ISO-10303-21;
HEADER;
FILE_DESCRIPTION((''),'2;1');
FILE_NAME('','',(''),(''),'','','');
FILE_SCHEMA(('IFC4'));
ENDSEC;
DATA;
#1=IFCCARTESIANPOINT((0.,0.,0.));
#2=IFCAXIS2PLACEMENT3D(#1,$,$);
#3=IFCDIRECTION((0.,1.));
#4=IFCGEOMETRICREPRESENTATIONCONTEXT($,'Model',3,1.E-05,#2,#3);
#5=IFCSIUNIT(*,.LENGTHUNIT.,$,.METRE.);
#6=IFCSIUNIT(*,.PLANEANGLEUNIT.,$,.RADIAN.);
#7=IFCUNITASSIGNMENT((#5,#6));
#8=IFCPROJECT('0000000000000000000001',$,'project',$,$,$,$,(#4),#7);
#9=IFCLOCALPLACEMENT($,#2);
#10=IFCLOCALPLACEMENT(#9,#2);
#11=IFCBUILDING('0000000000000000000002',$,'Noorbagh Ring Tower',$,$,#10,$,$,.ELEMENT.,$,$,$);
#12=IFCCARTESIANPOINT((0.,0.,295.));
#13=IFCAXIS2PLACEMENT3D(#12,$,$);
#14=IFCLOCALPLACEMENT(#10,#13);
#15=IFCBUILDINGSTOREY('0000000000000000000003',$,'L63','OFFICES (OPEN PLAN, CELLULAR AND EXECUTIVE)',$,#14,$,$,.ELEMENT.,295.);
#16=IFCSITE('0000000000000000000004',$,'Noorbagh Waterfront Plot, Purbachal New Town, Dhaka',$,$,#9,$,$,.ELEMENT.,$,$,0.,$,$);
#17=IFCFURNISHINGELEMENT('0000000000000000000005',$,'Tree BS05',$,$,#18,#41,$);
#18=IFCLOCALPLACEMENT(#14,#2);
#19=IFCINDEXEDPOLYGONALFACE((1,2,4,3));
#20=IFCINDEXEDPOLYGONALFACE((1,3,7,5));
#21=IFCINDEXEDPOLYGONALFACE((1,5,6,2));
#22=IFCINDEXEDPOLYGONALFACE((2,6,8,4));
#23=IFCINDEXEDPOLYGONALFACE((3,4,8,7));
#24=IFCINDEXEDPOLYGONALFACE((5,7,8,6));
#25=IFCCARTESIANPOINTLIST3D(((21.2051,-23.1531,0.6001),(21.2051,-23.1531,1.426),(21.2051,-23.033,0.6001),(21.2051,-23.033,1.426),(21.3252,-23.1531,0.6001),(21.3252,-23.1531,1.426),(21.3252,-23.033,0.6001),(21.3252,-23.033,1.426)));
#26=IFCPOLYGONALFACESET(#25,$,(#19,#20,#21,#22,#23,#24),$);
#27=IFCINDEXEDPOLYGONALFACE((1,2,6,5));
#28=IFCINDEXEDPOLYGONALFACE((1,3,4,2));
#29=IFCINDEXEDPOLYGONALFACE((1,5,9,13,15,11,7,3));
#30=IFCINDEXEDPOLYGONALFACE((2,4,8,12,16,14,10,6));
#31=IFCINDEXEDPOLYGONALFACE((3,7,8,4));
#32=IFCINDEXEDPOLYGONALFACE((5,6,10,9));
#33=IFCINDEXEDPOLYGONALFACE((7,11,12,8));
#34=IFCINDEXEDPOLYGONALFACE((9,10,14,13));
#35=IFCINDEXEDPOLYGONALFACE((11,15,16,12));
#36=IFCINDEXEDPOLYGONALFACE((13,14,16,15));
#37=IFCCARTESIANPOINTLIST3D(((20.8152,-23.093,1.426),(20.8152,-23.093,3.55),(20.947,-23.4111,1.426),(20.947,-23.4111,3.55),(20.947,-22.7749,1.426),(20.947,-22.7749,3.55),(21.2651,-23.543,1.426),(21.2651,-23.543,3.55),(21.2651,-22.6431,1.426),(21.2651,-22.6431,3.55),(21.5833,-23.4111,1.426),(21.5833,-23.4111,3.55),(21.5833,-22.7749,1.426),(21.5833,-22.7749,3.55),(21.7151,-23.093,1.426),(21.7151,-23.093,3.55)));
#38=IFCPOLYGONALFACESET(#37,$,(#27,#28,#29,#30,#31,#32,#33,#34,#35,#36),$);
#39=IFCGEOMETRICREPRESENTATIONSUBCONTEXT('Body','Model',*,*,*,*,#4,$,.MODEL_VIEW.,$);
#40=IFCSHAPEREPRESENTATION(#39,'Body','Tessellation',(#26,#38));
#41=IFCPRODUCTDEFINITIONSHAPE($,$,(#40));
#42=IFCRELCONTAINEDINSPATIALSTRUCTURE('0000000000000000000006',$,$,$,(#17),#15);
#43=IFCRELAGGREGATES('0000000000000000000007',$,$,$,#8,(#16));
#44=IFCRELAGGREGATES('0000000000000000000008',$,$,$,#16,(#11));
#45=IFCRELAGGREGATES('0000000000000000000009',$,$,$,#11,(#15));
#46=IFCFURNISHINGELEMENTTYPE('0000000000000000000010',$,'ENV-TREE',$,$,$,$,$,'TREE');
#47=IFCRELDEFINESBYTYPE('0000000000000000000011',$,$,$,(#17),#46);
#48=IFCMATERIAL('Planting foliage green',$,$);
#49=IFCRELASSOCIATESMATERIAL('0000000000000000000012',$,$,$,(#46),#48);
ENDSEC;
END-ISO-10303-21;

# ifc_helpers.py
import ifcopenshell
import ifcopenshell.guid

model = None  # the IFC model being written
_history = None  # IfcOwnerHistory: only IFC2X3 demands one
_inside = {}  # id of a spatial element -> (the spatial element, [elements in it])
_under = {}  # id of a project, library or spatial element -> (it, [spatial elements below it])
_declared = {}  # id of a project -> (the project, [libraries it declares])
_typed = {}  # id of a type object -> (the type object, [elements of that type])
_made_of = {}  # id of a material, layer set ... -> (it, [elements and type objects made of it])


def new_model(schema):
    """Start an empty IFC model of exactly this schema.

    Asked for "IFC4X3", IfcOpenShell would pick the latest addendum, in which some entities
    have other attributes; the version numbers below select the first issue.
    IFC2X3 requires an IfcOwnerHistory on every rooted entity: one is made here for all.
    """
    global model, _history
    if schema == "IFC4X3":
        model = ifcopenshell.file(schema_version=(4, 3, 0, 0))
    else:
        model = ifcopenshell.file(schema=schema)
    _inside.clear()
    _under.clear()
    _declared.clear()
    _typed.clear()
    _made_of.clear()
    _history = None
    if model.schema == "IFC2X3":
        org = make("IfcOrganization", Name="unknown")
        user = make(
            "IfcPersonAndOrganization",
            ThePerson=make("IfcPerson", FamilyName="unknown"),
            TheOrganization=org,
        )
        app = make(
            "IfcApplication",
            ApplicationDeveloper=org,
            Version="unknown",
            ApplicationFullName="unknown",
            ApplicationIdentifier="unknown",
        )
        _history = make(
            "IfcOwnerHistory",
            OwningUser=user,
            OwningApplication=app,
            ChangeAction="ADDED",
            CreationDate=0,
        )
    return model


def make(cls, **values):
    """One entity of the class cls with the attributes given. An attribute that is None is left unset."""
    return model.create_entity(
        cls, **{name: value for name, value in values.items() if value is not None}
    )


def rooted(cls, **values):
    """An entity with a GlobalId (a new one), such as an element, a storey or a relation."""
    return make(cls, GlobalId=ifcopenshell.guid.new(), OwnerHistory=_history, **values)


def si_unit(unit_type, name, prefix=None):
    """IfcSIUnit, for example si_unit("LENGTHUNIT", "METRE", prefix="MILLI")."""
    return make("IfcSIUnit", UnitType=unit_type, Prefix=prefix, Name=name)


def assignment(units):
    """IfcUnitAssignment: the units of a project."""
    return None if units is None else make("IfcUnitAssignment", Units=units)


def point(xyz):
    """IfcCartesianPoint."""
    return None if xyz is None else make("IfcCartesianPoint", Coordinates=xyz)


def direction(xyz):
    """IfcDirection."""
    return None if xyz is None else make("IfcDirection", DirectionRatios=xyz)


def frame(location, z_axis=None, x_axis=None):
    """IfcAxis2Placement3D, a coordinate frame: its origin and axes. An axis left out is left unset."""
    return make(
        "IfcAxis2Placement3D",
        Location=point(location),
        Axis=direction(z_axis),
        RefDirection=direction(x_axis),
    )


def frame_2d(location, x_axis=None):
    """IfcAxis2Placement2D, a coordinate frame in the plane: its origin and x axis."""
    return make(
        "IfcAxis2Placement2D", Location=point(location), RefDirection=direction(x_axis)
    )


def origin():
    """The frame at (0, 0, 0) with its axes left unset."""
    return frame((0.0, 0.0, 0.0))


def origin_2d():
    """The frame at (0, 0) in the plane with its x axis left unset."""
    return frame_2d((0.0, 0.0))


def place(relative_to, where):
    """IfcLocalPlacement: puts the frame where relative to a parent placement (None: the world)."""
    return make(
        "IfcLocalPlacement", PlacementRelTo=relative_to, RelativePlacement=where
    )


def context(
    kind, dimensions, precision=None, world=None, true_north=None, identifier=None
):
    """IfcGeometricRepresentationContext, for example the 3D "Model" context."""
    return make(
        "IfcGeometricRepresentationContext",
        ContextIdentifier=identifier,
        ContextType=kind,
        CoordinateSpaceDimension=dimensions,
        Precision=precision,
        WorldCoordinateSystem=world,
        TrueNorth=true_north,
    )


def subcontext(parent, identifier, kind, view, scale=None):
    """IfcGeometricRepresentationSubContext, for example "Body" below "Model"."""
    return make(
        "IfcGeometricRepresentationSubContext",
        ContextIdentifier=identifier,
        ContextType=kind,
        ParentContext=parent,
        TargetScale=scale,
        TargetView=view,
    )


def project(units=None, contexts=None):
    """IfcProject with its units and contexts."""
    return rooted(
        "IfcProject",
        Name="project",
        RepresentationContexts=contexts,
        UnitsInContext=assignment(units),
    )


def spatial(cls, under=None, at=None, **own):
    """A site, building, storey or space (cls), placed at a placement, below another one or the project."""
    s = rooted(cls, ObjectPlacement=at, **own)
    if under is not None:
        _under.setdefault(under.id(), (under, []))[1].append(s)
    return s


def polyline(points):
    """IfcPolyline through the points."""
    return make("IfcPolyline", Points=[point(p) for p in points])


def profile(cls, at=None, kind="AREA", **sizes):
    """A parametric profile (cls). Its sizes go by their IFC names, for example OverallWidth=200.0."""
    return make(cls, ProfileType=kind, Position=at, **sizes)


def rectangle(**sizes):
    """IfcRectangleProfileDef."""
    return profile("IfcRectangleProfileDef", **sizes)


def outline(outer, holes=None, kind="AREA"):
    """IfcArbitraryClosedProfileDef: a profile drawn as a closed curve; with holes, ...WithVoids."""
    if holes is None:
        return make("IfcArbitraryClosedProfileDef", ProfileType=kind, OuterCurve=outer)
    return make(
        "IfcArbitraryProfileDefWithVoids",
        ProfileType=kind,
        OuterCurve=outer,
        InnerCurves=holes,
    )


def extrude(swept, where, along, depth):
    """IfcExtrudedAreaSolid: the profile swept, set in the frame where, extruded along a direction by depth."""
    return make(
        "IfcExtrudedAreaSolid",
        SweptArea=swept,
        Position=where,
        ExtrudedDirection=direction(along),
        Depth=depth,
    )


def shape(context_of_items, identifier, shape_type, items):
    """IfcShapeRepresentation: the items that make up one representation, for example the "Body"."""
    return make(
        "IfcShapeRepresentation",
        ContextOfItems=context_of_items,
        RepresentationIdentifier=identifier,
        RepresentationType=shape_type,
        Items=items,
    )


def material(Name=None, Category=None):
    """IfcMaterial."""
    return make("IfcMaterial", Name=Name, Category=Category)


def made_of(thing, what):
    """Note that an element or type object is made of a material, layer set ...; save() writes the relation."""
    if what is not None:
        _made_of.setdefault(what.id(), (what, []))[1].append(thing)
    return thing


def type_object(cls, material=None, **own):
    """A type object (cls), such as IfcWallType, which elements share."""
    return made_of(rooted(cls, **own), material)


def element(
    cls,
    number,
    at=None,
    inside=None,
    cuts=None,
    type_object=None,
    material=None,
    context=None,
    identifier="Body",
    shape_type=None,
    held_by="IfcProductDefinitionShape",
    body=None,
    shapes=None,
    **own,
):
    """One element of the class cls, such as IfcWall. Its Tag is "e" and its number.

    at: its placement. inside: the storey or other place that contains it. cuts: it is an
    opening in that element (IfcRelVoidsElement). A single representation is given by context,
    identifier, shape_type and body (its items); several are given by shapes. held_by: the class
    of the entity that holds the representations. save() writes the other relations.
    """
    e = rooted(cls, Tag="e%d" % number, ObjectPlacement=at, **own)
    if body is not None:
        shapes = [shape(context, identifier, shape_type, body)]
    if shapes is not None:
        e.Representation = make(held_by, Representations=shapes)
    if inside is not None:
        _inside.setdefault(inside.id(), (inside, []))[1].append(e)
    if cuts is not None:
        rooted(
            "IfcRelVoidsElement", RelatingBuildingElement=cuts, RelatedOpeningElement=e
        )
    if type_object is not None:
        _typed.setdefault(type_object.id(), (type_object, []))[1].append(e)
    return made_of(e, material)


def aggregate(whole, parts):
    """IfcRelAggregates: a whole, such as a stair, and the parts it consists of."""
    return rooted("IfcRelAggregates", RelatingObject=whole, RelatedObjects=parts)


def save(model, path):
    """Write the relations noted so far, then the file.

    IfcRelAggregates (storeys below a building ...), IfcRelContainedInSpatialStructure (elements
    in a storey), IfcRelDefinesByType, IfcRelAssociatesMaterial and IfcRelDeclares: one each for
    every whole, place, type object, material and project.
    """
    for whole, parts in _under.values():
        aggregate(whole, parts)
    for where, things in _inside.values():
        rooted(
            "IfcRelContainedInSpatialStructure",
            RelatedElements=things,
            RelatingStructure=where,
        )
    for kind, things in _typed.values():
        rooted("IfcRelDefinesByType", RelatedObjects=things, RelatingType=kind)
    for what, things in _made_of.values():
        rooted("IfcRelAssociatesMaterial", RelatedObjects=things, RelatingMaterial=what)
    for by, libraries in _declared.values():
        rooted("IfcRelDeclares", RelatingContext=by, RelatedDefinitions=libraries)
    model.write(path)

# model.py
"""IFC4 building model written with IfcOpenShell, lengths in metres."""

from ifc_helpers import new_model, si_unit, direction, frame, origin, origin_2d, place, context, subcontext, project, spatial, polyline, rectangle, outline, extrude, material, type_object, element, save


model = new_model("IFC4")

# Units and contexts
model_context = context("Model", 3, precision=1e-05, world=origin(), true_north=direction((0.0, 1.0)))
body_context = subcontext(model_context, "Body", "Model", "MODEL_VIEW")
ifc_project = project(units=[si_unit("LENGTHUNIT", "METRE"), si_unit("PLANEANGLEUNIT", "RADIAN")], contexts=[model_context])

# Site, building, storey
site_placement = place(None, origin())
site = spatial("IfcSite", under=ifc_project, at=site_placement, Name="Noorbagh Waterfront Plot, Purbachal New Town, Dhaka", CompositionType="ELEMENT", RefElevation=0.0)
building_placement = place(site_placement, origin())
building = spatial("IfcBuilding", under=site, at=building_placement, Name="Noorbagh Ring Tower", CompositionType="ELEMENT")
storey_placement = place(building_placement, frame((0.0, 0.0, 295.0)))
storey = spatial("IfcBuildingStorey", under=building, at=storey_placement, Name="L63", Description="OFFICES (OPEN PLAN, CELLULAR AND EXECUTIVE)", CompositionType="ELEMENT", Elevation=295.0)

# Furnishing element
ifc_material_1 = material(Name="Planting foliage green")
furnishing_element_type = type_object("IfcFurnishingElementType", Name="ENV-TREE", ElementType="TREE", material=ifc_material_1)
furnishing_placement = place(storey_placement, frame((21.2651, -23.093, 0.6001), z_axis=(0.0, 0.0, 1.0), x_axis=(1.0, 0.0, 0.0)))
element("IfcFurnishingElement", 1, at=furnishing_placement, inside=storey, type_object=furnishing_element_type, Name="Tree BS05", context=body_context, shape_type="SweptSolid", body=[
    extrude(rectangle(XDim=0.1201, YDim=0.1201, at=origin_2d()), origin(), (0.0, 0.0, 1.0), 0.8259),
    extrude(outline(polyline([(0.45, 0.0), (0.3181, 0.3181), (0.0, 0.45), (-0.3181, 0.3181), (-0.45, 0.0), (-0.3181, -0.3181), (0.0, -0.45), (0.3181, -0.3181), (0.45, 0.0)])), frame((0.0, 0.0, 0.8259)), (0.0, 0.0, 1.0), 2.124),
])

save(model, "model.ifc")
